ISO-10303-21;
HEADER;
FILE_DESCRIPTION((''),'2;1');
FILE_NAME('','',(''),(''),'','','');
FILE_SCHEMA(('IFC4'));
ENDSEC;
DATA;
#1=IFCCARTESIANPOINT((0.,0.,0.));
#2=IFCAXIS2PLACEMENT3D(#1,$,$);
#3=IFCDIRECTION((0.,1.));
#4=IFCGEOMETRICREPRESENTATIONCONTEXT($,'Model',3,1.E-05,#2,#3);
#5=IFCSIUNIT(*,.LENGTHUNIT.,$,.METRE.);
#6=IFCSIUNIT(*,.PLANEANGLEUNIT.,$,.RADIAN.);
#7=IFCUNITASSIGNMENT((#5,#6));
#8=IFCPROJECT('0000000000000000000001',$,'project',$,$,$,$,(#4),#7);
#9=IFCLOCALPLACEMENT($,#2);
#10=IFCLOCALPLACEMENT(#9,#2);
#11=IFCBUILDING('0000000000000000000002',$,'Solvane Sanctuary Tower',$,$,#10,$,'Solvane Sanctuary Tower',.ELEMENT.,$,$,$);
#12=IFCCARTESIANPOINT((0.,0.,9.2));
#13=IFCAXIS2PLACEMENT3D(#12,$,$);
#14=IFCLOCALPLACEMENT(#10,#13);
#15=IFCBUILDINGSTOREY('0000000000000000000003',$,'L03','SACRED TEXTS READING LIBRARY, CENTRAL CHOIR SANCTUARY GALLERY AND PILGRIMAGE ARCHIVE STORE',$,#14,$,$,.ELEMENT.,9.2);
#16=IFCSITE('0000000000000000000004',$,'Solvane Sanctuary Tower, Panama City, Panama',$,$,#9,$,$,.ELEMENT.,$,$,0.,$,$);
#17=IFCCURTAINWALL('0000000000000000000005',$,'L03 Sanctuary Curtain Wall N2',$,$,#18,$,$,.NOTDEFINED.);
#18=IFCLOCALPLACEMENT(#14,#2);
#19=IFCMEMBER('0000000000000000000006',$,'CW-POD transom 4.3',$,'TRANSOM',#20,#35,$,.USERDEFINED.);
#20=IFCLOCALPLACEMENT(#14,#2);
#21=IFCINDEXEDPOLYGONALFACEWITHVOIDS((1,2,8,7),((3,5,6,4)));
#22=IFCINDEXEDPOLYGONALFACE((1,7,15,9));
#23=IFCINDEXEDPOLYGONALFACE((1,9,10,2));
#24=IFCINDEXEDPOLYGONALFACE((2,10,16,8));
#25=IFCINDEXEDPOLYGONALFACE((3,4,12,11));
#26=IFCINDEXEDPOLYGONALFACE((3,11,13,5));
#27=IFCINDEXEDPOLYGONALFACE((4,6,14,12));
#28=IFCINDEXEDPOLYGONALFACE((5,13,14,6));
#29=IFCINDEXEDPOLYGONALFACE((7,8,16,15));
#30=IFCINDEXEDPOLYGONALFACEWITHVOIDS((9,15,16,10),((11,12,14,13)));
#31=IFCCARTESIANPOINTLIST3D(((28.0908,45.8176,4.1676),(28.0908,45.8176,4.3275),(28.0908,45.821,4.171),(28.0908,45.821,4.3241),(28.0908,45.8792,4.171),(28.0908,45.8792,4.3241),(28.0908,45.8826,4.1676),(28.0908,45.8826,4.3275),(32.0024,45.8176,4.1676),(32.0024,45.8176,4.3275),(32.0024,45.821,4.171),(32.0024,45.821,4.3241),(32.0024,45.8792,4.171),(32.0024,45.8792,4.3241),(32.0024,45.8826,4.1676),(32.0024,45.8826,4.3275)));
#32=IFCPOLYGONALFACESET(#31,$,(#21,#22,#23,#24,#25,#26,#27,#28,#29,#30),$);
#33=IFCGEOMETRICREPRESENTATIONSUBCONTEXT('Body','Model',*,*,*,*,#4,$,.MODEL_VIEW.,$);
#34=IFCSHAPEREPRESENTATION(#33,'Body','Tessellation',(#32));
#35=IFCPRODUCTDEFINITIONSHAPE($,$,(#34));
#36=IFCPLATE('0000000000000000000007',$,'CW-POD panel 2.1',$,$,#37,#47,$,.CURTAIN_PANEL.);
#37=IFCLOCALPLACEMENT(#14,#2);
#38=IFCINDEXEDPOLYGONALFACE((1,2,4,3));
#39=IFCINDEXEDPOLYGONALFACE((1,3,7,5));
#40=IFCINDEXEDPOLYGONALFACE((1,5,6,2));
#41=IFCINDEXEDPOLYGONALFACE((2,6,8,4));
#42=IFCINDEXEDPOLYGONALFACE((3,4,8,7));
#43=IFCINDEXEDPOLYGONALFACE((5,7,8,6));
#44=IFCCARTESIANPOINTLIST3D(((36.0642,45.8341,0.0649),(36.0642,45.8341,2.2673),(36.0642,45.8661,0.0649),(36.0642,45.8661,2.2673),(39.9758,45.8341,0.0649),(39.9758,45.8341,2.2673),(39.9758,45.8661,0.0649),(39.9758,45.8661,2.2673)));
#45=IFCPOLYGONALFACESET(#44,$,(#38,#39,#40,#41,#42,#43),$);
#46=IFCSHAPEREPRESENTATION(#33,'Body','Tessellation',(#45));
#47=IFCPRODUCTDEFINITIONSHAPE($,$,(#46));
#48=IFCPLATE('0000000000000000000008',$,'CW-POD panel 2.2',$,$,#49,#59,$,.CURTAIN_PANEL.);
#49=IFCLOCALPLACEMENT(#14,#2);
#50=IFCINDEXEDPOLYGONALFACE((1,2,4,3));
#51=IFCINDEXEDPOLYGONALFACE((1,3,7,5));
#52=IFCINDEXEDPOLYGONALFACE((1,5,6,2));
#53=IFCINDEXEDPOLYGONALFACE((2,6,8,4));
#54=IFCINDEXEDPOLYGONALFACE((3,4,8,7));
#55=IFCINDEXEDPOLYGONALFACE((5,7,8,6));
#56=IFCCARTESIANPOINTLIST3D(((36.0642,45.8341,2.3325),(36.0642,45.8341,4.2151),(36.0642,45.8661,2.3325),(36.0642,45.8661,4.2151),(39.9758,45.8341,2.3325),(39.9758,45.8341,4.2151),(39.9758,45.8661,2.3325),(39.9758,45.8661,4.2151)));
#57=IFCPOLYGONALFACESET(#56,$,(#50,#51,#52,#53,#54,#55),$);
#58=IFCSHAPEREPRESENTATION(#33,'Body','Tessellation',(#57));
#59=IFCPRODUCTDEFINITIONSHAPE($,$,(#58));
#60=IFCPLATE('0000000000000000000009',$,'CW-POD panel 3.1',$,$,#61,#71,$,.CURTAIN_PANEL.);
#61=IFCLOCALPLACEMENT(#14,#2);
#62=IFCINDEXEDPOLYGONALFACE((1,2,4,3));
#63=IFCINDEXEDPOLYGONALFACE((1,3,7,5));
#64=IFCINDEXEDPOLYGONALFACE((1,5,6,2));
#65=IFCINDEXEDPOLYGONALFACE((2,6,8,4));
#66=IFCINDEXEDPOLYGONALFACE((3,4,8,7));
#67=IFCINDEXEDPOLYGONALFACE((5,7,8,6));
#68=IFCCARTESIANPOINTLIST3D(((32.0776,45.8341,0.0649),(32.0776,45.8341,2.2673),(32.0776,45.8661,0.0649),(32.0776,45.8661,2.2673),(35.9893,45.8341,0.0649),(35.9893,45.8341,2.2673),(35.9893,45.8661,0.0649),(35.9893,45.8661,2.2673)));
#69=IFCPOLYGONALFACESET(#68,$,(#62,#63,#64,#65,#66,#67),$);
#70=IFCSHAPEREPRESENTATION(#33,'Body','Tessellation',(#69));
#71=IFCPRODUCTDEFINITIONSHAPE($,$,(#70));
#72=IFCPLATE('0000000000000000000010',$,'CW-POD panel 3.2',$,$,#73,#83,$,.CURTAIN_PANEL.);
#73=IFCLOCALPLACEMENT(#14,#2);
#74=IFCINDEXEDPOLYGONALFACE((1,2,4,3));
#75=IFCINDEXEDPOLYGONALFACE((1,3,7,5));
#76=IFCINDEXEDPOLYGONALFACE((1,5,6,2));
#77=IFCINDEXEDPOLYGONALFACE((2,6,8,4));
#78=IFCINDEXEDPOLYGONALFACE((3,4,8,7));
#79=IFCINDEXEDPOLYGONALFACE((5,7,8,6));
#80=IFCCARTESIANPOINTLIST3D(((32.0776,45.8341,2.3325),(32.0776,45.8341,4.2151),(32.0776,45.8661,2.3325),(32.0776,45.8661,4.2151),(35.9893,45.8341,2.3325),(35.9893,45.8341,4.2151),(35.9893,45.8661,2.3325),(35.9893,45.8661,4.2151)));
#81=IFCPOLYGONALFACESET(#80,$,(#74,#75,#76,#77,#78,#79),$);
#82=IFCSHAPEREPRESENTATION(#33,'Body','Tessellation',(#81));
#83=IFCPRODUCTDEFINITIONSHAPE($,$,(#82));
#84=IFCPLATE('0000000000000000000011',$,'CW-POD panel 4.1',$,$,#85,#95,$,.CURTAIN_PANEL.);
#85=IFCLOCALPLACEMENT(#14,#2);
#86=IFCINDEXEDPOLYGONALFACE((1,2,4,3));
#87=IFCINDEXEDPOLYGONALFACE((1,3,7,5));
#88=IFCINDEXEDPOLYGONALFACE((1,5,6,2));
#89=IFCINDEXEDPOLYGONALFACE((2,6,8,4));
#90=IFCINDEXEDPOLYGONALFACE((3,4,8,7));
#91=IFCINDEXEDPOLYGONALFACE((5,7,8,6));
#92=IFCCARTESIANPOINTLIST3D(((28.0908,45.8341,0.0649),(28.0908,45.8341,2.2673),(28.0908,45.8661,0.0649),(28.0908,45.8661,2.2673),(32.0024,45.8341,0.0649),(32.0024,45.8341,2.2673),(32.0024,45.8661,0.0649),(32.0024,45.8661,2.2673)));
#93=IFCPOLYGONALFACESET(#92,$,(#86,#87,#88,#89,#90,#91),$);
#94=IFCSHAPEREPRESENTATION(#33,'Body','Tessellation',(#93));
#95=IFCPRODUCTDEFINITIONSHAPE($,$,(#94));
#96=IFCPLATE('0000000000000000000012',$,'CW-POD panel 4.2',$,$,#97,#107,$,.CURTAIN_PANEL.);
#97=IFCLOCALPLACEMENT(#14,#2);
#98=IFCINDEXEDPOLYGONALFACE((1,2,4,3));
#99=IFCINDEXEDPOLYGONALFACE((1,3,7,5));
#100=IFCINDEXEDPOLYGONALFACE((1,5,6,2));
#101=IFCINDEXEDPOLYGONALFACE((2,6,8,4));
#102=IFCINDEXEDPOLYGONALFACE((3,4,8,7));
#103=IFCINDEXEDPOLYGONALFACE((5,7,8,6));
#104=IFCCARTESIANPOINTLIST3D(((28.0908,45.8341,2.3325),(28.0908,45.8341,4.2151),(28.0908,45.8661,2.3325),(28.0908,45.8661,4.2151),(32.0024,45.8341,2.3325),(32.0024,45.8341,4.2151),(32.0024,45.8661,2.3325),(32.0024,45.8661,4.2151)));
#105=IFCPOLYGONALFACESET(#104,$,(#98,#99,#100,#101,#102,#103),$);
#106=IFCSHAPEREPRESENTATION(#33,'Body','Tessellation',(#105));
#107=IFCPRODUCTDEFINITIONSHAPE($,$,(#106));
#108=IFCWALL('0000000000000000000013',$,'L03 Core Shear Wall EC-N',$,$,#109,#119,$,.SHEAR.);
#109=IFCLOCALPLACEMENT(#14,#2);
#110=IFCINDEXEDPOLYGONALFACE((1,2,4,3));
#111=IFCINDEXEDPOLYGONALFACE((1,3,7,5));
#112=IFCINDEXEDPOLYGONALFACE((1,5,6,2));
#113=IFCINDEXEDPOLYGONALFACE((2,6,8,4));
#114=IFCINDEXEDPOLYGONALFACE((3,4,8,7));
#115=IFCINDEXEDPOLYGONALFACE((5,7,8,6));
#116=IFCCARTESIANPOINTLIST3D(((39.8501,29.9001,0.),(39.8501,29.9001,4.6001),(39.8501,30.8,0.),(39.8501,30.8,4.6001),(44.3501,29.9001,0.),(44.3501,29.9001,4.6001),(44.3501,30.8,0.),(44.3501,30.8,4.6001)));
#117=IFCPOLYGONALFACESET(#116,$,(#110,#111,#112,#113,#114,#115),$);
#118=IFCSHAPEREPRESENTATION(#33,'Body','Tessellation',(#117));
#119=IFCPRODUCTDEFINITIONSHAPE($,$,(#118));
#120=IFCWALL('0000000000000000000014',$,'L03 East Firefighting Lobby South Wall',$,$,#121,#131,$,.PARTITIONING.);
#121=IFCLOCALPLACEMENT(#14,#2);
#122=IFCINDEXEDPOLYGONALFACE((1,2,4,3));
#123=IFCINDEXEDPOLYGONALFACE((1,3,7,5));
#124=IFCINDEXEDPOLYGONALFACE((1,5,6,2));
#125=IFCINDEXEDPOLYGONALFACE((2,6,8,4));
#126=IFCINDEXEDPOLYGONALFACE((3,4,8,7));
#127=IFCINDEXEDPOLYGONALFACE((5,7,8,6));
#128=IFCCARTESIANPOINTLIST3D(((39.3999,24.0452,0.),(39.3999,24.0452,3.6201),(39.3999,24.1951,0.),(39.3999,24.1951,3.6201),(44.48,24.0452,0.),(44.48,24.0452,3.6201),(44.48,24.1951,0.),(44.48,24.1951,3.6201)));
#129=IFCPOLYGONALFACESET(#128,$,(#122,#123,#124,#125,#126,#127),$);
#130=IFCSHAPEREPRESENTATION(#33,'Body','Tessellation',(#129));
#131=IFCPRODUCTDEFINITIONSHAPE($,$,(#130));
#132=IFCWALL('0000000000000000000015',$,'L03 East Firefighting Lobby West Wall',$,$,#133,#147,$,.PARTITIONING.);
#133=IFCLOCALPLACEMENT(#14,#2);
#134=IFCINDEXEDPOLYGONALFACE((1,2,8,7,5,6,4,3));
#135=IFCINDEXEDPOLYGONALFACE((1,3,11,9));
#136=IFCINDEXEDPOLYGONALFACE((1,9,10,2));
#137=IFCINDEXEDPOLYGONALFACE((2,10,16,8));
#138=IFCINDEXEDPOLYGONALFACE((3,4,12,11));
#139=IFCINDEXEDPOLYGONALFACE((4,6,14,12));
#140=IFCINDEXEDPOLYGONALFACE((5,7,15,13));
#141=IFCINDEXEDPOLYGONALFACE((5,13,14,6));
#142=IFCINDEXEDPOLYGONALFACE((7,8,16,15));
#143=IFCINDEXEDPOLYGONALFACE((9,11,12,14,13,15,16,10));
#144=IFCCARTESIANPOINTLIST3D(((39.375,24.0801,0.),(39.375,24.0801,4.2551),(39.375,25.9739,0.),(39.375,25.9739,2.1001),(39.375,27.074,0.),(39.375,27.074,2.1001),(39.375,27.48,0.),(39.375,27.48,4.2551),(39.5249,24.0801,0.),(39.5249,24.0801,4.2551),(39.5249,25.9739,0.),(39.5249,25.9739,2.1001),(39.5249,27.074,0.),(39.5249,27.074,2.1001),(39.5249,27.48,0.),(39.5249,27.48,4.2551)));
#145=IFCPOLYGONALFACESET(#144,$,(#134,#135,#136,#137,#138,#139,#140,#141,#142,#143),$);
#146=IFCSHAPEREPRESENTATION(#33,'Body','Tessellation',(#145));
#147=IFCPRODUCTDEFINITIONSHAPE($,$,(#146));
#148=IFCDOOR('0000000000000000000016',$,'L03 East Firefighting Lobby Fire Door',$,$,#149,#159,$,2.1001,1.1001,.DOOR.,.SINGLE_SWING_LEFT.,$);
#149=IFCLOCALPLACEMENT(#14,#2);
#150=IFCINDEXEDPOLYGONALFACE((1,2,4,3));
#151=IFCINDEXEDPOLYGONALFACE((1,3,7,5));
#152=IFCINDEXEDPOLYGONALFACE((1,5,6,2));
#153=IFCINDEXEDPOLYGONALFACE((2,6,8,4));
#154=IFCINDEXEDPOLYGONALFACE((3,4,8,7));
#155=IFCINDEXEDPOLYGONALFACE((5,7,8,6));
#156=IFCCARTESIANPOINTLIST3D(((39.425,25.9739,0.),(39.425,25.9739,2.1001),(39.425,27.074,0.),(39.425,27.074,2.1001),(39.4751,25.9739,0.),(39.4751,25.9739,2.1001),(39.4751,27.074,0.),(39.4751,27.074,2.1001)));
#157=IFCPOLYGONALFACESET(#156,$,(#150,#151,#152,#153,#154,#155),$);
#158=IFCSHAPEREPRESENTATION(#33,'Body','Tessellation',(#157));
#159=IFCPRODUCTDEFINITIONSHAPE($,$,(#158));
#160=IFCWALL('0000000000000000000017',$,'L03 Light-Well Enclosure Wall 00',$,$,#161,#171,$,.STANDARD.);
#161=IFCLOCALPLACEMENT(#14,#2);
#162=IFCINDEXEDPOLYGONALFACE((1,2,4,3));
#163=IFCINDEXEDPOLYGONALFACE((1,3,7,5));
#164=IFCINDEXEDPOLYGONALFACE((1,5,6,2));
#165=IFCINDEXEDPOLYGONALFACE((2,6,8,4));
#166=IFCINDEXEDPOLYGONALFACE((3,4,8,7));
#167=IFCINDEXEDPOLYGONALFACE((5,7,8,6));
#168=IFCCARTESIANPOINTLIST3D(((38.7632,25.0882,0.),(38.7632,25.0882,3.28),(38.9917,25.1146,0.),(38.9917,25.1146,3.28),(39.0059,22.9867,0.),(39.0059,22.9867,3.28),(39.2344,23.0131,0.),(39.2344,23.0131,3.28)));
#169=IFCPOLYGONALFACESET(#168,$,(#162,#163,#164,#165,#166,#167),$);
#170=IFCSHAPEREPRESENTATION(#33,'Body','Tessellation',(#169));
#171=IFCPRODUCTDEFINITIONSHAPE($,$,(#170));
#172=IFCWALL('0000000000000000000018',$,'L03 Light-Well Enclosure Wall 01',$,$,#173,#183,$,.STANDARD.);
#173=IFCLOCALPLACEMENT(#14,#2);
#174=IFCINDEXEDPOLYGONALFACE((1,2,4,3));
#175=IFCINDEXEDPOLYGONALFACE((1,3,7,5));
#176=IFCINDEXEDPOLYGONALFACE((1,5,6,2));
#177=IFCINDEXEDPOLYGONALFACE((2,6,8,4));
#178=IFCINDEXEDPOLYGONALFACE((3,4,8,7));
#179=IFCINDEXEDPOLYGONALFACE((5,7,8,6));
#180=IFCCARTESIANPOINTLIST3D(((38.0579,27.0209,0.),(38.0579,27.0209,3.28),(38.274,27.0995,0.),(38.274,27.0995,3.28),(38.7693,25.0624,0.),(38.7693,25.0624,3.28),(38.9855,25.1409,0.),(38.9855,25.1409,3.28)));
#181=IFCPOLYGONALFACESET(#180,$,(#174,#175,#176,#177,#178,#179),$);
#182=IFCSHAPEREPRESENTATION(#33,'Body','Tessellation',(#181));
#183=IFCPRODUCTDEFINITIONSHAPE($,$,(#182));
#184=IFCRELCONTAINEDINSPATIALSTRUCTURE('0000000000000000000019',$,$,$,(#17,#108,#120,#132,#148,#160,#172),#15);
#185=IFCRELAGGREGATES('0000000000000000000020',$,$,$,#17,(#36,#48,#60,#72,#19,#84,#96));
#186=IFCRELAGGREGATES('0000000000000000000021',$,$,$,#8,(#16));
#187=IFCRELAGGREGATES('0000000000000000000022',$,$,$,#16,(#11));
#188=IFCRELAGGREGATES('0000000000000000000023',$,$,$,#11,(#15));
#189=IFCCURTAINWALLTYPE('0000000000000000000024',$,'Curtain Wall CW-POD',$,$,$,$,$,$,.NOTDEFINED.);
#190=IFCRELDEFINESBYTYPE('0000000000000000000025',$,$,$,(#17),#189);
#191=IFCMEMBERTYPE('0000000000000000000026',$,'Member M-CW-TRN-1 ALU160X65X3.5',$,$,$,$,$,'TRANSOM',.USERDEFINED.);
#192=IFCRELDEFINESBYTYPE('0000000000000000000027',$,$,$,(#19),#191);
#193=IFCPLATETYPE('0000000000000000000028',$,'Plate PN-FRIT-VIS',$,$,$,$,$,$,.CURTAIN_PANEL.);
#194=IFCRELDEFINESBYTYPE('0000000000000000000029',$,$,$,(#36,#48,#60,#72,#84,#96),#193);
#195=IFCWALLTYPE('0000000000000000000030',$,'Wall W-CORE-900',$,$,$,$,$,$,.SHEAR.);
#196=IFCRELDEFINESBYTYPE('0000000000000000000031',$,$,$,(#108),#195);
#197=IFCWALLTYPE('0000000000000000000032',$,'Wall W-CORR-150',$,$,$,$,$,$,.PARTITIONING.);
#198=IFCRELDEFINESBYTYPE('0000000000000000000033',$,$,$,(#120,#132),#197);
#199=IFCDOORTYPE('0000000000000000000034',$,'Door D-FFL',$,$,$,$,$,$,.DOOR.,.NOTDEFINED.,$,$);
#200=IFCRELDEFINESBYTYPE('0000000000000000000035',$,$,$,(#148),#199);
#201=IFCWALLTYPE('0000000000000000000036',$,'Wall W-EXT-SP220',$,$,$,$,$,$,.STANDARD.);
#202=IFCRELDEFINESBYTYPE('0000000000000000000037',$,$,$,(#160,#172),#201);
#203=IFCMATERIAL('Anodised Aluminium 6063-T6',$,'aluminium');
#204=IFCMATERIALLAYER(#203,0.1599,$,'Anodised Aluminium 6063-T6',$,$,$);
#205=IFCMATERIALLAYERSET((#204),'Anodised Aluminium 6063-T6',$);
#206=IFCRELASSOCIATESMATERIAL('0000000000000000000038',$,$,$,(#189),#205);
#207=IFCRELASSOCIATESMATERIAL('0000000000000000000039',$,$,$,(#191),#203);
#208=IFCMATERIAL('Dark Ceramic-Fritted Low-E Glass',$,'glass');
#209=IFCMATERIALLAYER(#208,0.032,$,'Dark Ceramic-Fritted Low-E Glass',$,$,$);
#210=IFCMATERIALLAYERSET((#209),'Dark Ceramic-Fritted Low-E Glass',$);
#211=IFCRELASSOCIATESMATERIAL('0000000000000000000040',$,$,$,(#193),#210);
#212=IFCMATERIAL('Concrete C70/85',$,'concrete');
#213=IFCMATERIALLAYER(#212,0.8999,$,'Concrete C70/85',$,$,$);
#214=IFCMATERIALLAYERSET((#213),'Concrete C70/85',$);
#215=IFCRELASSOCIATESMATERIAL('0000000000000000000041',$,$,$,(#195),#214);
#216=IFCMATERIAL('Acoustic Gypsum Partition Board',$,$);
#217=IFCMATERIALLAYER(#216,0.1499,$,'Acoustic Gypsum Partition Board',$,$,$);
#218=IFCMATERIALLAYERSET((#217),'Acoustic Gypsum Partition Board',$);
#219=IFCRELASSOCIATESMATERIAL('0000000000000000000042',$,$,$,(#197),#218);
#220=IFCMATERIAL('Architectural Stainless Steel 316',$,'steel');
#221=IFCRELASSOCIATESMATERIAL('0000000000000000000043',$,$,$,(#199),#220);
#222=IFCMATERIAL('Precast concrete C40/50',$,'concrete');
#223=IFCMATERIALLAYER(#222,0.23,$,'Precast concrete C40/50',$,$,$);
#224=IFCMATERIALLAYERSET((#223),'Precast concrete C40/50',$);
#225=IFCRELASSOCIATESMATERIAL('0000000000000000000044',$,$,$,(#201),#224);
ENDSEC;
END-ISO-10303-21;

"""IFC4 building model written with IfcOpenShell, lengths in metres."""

from ifc_helpers import new_model, si_unit, direction, frame, frame_2d, origin, origin_2d, place, context, subcontext, project, spatial, rectangle, hollow_rectangle, extrude, material, layer, layer_set, material_profile, profile_set, type_object, element, fill, aggregate, save


model = new_model("IFC4")

# Units and contexts
model_context = context("Model", 3, precision=1e-05, world=origin(), true_north=direction((0.0, 1.0)))
body_context = subcontext(model_context, "Body", "Model", "MODEL_VIEW")
ifc_project = project(units=[si_unit("LENGTHUNIT", "METRE"), si_unit("PLANEANGLEUNIT", "RADIAN")], contexts=[model_context])

# Site, building, storey
site_placement = place(None, origin())
site = spatial("IfcSite", under=ifc_project, at=site_placement, Name="Solvane Sanctuary Tower, Panama City, Panama", CompositionType="ELEMENT", RefElevation=0.0)
building_placement = place(site_placement, origin())
building = spatial("IfcBuilding", under=site, at=building_placement, Name="Solvane Sanctuary Tower", LongName="Solvane Sanctuary Tower", CompositionType="ELEMENT")
storey_placement = place(building_placement, frame((0.0, 0.0, 9.2)))
storey = spatial("IfcBuildingStorey", under=building, at=storey_placement, Name="L03", Description="SACRED TEXTS READING LIBRARY, CENTRAL CHOIR SANCTUARY GALLERY AND PILGRIMAGE ARCHIVE STORE", CompositionType="ELEMENT", Elevation=9.2)

# Shared definitions
ifc_material_1 = material(Name="Concrete C70/85", Category="concrete")

# Curtain wall, member, plates
ifc_material_2 = material(Name="Anodised Aluminium 6063-T6", Category="aluminium")
ifc_layer_1 = layer(ifc_material_2, 0.1599, Name="Anodised Aluminium 6063-T6")
ifc_layer_set_1 = layer_set([ifc_layer_1], Name="Anodised Aluminium 6063-T6")
curtain_wall_type = type_object("IfcCurtainWallType", Name="Curtain Wall CW-POD", PredefinedType="NOTDEFINED", material=ifc_layer_set_1)
curtain_wall_placement = place(storey_placement, origin())
curtain_wall = element("IfcCurtainWall", 1, at=curtain_wall_placement, inside=storey, type_object=curtain_wall_type, Name="L03 Sanctuary Curtain Wall N2", PredefinedType="NOTDEFINED")
ifc_material_profile_1 = material_profile(ifc_material_2, hollow_rectangle(XDim=0.0649, YDim=0.1599, WallThickness=0.0034, at=origin_2d()), Name="ALU160X65X3.5")
ifc_profile_set_1 = profile_set([ifc_material_profile_1], Name="Anodised Aluminium 6063-T6")
member_type_1 = type_object("IfcMemberType", Name="Member M-CW-TRN-1 ALU160X65X3.5", ElementType="TRANSOM", PredefinedType="USERDEFINED", material=ifc_profile_set_1)
member_1_placement = place(storey_placement, frame((32.0024, 45.8501, 4.2476), z_axis=(-1.0, 0.0, 0.0), x_axis=(0.0, -1.0, 0.0)))
member_1 = element("IfcMember", 2, at=member_1_placement, type_object=member_type_1, Name="CW-POD transom 4.3", ObjectType="TRANSOM", PredefinedType="USERDEFINED", context=body_context, shape_type="SweptSolid", body=[
    extrude(hollow_rectangle(XDim=0.0649, YDim=0.1599, WallThickness=0.0034, at=origin_2d()), origin(), (0.0, 0.0, 1.0), 3.9116),
])
ifc_material_3 = material(Name="Dark Ceramic-Fritted Low-E Glass", Category="glass")
ifc_layer_2 = layer(ifc_material_3, 0.032, Name="Dark Ceramic-Fritted Low-E Glass")
ifc_layer_set_2 = layer_set([ifc_layer_2], Name="Dark Ceramic-Fritted Low-E Glass")
plate_type = type_object("IfcPlateType", Name="Plate PN-FRIT-VIS", PredefinedType="CURTAIN_PANEL", material=ifc_layer_set_2)
plate_1_placement = place(storey_placement, frame((38.02, 45.8501, 0.0649), z_axis=(0.0, 0.0, 1.0), x_axis=(-1.0, 0.0, 0.0)))
plate_1 = element("IfcPlate", 3, at=plate_1_placement, type_object=plate_type, Name="CW-POD panel 2.1", PredefinedType="CURTAIN_PANEL", context=body_context, shape_type="SweptSolid", body=[
    extrude(rectangle(XDim=3.9116, YDim=0.032, at=origin_2d()), origin(), (0.0, 0.0, 1.0), 2.2024),
])
plate_2_placement = place(storey_placement, frame((38.02, 45.8501, 2.3325), z_axis=(0.0, 0.0, 1.0), x_axis=(-1.0, 0.0, 0.0)))
plate_2 = element("IfcPlate", 4, at=plate_2_placement, type_object=plate_type, Name="CW-POD panel 2.2", PredefinedType="CURTAIN_PANEL", context=body_context, shape_type="SweptSolid", body=[
    extrude(rectangle(XDim=3.9116, YDim=0.032, at=origin_2d()), origin(), (0.0, 0.0, 1.0), 1.8826),
])
plate_3_placement = place(storey_placement, frame((34.0334, 45.8501, 0.0649), z_axis=(0.0, 0.0, 1.0), x_axis=(-1.0, 0.0, 0.0)))
plate_3 = element("IfcPlate", 5, at=plate_3_placement, type_object=plate_type, Name="CW-POD panel 3.1", PredefinedType="CURTAIN_PANEL", context=body_context, shape_type="SweptSolid", body=[
    extrude(rectangle(XDim=3.9116, YDim=0.032, at=origin_2d()), origin(), (0.0, 0.0, 1.0), 2.2024),
])
plate_4_placement = place(storey_placement, frame((34.0334, 45.8501, 2.3325), z_axis=(0.0, 0.0, 1.0), x_axis=(-1.0, 0.0, 0.0)))
plate_4 = element("IfcPlate", 6, at=plate_4_placement, type_object=plate_type, Name="CW-POD panel 3.2", PredefinedType="CURTAIN_PANEL", context=body_context, shape_type="SweptSolid", body=[
    extrude(rectangle(XDim=3.9116, YDim=0.032, at=origin_2d()), origin(), (0.0, 0.0, 1.0), 1.8826),
])
plate_5_placement = place(storey_placement, frame((30.0466, 45.8501, 0.0649), z_axis=(0.0, 0.0, 1.0), x_axis=(-1.0, 0.0, 0.0)))
plate_5 = element("IfcPlate", 7, at=plate_5_placement, type_object=plate_type, Name="CW-POD panel 4.1", PredefinedType="CURTAIN_PANEL", context=body_context, shape_type="SweptSolid", body=[
    extrude(rectangle(XDim=3.9116, YDim=0.032, at=origin_2d()), origin(), (0.0, 0.0, 1.0), 2.2024),
])
plate_6_placement = place(storey_placement, frame((30.0466, 45.8501, 2.3325), z_axis=(0.0, 0.0, 1.0), x_axis=(-1.0, 0.0, 0.0)))
plate_6 = element("IfcPlate", 8, at=plate_6_placement, type_object=plate_type, Name="CW-POD panel 4.2", PredefinedType="CURTAIN_PANEL", context=body_context, shape_type="SweptSolid", body=[
    extrude(rectangle(XDim=3.9116, YDim=0.032, at=origin_2d()), origin(), (0.0, 0.0, 1.0), 1.8826),
])
aggregate(curtain_wall, [plate_1, plate_2, plate_3, plate_4, member_1, plate_5, plate_6])

# Walls
ifc_layer_3 = layer(ifc_material_1, 0.8999, Name="Concrete C70/85")
ifc_layer_set_3 = layer_set([ifc_layer_3], Name="Concrete C70/85")
wall_type_1 = type_object("IfcWallType", Name="Wall W-CORE-900", PredefinedType="SHEAR", material=ifc_layer_set_3)
wall_1_placement = place(storey_placement, frame((39.8501, 30.3501, 0.0), z_axis=(0.0, 0.0, 1.0), x_axis=(1.0, 0.0, 0.0)))
element("IfcWall", 9, at=wall_1_placement, inside=storey, type_object=wall_type_1, Name="L03 Core Shear Wall EC-N", PredefinedType="SHEAR", context=body_context, shape_type="SweptSolid", body=[
    extrude(rectangle(XDim=4.5, YDim=0.8999, at=frame_2d((2.25, 0.0))), origin(), (0.0, 0.0, 1.0), 4.6001),
])
ifc_material_4 = material(Name="Acoustic Gypsum Partition Board")
ifc_layer_4 = layer(ifc_material_4, 0.1499, Name="Acoustic Gypsum Partition Board")
ifc_layer_set_4 = layer_set([ifc_layer_4], Name="Acoustic Gypsum Partition Board")
wall_type_2 = type_object("IfcWallType", Name="Wall W-CORR-150", PredefinedType="PARTITIONING", material=ifc_layer_set_4)
wall_2_placement = place(storey_placement, frame((39.3999, 24.1201, 0.0), z_axis=(0.0, 0.0, 1.0), x_axis=(1.0, 0.0, 0.0)))
element("IfcWall", 10, at=wall_2_placement, inside=storey, type_object=wall_type_2, Name="L03 East Firefighting Lobby South Wall", PredefinedType="PARTITIONING", context=body_context, shape_type="SweptSolid", body=[
    extrude(rectangle(XDim=5.0801, YDim=0.1499, at=frame_2d((2.54, 0.0))), origin(), (0.0, 0.0, 1.0), 3.6201),
])

# Wall, opening, door
wall_3_placement = place(storey_placement, frame((39.45, 24.0801, 0.0), z_axis=(0.0, 0.0, 1.0), x_axis=(0.0, 1.0, 0.0)))
wall_3 = element("IfcWall", 11, at=wall_3_placement, inside=storey, type_object=wall_type_2, Name="L03 East Firefighting Lobby West Wall", PredefinedType="PARTITIONING", context=body_context, shape_type="SweptSolid", body=[
    extrude(rectangle(XDim=3.3999, YDim=0.1499, at=frame_2d((1.7, 0.0))), origin(), (0.0, 0.0, 1.0), 4.2551),
])
opening_placement = place(wall_3_placement, frame((1.8938, 0.0, 0.0)))
opening = element("IfcOpeningElement", 12, at=opening_placement, cuts=wall_3, PredefinedType="OPENING", context=body_context, shape_type="SweptSolid", body=[
    extrude(rectangle(XDim=1.1001, YDim=2.1001, at=frame_2d((0.55, 1.05))), frame((0.0, 0.085, 0.0), z_axis=(0.0, -1.0, 0.0), x_axis=(1.0, 0.0, 0.0)), (0.0, 0.0, 1.0), 0.1699),
])
ifc_material_5 = material(Name="Architectural Stainless Steel 316", Category="steel")
door_type = type_object("IfcDoorType", Name="Door D-FFL", OperationType="NOTDEFINED", PredefinedType="DOOR", material=ifc_material_5)
door_placement = place(opening_placement, origin())
door = element("IfcDoor", 13, at=door_placement, inside=storey, type_object=door_type, Name="L03 East Firefighting Lobby Fire Door", OperationType="SINGLE_SWING_LEFT", OverallHeight=2.1001, OverallWidth=1.1001, PredefinedType="DOOR", context=body_context, shape_type="SweptSolid", body=[
    extrude(rectangle(XDim=1.1001, YDim=2.1001, at=frame_2d((0.55, 1.05))), frame((0.0, 0.0249, 0.0), z_axis=(0.0, -1.0, 0.0), x_axis=(1.0, 0.0, 0.0)), (0.0, 0.0, 1.0), 0.05),
])
fill(opening, door)

# Walls
ifc_material_6 = material(Name="Precast concrete C40/50", Category="concrete")
ifc_layer_5 = layer(ifc_material_6, 0.23, Name="Precast concrete C40/50")
ifc_layer_set_5 = layer_set([ifc_layer_5], Name="Precast concrete C40/50")
wall_type_3 = type_object("IfcWallType", Name="Wall W-EXT-SP220", PredefinedType="STANDARD", material=ifc_layer_set_5)
wall_4_placement = place(storey_placement, frame((39.1201, 23.0, 0.0), z_axis=(0.0, 0.0, 1.0), x_axis=(-0.114712, 0.993399, 0.0)))
element("IfcWall", 14, at=wall_4_placement, inside=storey, type_object=wall_type_3, Name="L03 Light-Well Enclosure Wall 00", PredefinedType="STANDARD", context=body_context, shape_type="SweptSolid", body=[
    extrude(rectangle(XDim=2.1155, YDim=0.23, at=frame_2d((1.0576, 0.0))), origin(), (0.0, 0.0, 1.0), 3.28),
])
wall_5_placement = place(storey_placement, frame((38.8774, 25.1016, 0.0), z_axis=(0.0, 0.0, 1.0), x_axis=(-0.341423, 0.93991, 0.0)))
element("IfcWall", 15, at=wall_5_placement, inside=storey, type_object=wall_type_3, Name="L03 Light-Well Enclosure Wall 01", PredefinedType="STANDARD", context=body_context, shape_type="SweptSolid", body=[
    extrude(rectangle(XDim=2.0837, YDim=0.23, at=frame_2d((1.042, 0.0))), origin(), (0.0, 0.0, 1.0), 3.28),
])

save(model, "model.ifc")
